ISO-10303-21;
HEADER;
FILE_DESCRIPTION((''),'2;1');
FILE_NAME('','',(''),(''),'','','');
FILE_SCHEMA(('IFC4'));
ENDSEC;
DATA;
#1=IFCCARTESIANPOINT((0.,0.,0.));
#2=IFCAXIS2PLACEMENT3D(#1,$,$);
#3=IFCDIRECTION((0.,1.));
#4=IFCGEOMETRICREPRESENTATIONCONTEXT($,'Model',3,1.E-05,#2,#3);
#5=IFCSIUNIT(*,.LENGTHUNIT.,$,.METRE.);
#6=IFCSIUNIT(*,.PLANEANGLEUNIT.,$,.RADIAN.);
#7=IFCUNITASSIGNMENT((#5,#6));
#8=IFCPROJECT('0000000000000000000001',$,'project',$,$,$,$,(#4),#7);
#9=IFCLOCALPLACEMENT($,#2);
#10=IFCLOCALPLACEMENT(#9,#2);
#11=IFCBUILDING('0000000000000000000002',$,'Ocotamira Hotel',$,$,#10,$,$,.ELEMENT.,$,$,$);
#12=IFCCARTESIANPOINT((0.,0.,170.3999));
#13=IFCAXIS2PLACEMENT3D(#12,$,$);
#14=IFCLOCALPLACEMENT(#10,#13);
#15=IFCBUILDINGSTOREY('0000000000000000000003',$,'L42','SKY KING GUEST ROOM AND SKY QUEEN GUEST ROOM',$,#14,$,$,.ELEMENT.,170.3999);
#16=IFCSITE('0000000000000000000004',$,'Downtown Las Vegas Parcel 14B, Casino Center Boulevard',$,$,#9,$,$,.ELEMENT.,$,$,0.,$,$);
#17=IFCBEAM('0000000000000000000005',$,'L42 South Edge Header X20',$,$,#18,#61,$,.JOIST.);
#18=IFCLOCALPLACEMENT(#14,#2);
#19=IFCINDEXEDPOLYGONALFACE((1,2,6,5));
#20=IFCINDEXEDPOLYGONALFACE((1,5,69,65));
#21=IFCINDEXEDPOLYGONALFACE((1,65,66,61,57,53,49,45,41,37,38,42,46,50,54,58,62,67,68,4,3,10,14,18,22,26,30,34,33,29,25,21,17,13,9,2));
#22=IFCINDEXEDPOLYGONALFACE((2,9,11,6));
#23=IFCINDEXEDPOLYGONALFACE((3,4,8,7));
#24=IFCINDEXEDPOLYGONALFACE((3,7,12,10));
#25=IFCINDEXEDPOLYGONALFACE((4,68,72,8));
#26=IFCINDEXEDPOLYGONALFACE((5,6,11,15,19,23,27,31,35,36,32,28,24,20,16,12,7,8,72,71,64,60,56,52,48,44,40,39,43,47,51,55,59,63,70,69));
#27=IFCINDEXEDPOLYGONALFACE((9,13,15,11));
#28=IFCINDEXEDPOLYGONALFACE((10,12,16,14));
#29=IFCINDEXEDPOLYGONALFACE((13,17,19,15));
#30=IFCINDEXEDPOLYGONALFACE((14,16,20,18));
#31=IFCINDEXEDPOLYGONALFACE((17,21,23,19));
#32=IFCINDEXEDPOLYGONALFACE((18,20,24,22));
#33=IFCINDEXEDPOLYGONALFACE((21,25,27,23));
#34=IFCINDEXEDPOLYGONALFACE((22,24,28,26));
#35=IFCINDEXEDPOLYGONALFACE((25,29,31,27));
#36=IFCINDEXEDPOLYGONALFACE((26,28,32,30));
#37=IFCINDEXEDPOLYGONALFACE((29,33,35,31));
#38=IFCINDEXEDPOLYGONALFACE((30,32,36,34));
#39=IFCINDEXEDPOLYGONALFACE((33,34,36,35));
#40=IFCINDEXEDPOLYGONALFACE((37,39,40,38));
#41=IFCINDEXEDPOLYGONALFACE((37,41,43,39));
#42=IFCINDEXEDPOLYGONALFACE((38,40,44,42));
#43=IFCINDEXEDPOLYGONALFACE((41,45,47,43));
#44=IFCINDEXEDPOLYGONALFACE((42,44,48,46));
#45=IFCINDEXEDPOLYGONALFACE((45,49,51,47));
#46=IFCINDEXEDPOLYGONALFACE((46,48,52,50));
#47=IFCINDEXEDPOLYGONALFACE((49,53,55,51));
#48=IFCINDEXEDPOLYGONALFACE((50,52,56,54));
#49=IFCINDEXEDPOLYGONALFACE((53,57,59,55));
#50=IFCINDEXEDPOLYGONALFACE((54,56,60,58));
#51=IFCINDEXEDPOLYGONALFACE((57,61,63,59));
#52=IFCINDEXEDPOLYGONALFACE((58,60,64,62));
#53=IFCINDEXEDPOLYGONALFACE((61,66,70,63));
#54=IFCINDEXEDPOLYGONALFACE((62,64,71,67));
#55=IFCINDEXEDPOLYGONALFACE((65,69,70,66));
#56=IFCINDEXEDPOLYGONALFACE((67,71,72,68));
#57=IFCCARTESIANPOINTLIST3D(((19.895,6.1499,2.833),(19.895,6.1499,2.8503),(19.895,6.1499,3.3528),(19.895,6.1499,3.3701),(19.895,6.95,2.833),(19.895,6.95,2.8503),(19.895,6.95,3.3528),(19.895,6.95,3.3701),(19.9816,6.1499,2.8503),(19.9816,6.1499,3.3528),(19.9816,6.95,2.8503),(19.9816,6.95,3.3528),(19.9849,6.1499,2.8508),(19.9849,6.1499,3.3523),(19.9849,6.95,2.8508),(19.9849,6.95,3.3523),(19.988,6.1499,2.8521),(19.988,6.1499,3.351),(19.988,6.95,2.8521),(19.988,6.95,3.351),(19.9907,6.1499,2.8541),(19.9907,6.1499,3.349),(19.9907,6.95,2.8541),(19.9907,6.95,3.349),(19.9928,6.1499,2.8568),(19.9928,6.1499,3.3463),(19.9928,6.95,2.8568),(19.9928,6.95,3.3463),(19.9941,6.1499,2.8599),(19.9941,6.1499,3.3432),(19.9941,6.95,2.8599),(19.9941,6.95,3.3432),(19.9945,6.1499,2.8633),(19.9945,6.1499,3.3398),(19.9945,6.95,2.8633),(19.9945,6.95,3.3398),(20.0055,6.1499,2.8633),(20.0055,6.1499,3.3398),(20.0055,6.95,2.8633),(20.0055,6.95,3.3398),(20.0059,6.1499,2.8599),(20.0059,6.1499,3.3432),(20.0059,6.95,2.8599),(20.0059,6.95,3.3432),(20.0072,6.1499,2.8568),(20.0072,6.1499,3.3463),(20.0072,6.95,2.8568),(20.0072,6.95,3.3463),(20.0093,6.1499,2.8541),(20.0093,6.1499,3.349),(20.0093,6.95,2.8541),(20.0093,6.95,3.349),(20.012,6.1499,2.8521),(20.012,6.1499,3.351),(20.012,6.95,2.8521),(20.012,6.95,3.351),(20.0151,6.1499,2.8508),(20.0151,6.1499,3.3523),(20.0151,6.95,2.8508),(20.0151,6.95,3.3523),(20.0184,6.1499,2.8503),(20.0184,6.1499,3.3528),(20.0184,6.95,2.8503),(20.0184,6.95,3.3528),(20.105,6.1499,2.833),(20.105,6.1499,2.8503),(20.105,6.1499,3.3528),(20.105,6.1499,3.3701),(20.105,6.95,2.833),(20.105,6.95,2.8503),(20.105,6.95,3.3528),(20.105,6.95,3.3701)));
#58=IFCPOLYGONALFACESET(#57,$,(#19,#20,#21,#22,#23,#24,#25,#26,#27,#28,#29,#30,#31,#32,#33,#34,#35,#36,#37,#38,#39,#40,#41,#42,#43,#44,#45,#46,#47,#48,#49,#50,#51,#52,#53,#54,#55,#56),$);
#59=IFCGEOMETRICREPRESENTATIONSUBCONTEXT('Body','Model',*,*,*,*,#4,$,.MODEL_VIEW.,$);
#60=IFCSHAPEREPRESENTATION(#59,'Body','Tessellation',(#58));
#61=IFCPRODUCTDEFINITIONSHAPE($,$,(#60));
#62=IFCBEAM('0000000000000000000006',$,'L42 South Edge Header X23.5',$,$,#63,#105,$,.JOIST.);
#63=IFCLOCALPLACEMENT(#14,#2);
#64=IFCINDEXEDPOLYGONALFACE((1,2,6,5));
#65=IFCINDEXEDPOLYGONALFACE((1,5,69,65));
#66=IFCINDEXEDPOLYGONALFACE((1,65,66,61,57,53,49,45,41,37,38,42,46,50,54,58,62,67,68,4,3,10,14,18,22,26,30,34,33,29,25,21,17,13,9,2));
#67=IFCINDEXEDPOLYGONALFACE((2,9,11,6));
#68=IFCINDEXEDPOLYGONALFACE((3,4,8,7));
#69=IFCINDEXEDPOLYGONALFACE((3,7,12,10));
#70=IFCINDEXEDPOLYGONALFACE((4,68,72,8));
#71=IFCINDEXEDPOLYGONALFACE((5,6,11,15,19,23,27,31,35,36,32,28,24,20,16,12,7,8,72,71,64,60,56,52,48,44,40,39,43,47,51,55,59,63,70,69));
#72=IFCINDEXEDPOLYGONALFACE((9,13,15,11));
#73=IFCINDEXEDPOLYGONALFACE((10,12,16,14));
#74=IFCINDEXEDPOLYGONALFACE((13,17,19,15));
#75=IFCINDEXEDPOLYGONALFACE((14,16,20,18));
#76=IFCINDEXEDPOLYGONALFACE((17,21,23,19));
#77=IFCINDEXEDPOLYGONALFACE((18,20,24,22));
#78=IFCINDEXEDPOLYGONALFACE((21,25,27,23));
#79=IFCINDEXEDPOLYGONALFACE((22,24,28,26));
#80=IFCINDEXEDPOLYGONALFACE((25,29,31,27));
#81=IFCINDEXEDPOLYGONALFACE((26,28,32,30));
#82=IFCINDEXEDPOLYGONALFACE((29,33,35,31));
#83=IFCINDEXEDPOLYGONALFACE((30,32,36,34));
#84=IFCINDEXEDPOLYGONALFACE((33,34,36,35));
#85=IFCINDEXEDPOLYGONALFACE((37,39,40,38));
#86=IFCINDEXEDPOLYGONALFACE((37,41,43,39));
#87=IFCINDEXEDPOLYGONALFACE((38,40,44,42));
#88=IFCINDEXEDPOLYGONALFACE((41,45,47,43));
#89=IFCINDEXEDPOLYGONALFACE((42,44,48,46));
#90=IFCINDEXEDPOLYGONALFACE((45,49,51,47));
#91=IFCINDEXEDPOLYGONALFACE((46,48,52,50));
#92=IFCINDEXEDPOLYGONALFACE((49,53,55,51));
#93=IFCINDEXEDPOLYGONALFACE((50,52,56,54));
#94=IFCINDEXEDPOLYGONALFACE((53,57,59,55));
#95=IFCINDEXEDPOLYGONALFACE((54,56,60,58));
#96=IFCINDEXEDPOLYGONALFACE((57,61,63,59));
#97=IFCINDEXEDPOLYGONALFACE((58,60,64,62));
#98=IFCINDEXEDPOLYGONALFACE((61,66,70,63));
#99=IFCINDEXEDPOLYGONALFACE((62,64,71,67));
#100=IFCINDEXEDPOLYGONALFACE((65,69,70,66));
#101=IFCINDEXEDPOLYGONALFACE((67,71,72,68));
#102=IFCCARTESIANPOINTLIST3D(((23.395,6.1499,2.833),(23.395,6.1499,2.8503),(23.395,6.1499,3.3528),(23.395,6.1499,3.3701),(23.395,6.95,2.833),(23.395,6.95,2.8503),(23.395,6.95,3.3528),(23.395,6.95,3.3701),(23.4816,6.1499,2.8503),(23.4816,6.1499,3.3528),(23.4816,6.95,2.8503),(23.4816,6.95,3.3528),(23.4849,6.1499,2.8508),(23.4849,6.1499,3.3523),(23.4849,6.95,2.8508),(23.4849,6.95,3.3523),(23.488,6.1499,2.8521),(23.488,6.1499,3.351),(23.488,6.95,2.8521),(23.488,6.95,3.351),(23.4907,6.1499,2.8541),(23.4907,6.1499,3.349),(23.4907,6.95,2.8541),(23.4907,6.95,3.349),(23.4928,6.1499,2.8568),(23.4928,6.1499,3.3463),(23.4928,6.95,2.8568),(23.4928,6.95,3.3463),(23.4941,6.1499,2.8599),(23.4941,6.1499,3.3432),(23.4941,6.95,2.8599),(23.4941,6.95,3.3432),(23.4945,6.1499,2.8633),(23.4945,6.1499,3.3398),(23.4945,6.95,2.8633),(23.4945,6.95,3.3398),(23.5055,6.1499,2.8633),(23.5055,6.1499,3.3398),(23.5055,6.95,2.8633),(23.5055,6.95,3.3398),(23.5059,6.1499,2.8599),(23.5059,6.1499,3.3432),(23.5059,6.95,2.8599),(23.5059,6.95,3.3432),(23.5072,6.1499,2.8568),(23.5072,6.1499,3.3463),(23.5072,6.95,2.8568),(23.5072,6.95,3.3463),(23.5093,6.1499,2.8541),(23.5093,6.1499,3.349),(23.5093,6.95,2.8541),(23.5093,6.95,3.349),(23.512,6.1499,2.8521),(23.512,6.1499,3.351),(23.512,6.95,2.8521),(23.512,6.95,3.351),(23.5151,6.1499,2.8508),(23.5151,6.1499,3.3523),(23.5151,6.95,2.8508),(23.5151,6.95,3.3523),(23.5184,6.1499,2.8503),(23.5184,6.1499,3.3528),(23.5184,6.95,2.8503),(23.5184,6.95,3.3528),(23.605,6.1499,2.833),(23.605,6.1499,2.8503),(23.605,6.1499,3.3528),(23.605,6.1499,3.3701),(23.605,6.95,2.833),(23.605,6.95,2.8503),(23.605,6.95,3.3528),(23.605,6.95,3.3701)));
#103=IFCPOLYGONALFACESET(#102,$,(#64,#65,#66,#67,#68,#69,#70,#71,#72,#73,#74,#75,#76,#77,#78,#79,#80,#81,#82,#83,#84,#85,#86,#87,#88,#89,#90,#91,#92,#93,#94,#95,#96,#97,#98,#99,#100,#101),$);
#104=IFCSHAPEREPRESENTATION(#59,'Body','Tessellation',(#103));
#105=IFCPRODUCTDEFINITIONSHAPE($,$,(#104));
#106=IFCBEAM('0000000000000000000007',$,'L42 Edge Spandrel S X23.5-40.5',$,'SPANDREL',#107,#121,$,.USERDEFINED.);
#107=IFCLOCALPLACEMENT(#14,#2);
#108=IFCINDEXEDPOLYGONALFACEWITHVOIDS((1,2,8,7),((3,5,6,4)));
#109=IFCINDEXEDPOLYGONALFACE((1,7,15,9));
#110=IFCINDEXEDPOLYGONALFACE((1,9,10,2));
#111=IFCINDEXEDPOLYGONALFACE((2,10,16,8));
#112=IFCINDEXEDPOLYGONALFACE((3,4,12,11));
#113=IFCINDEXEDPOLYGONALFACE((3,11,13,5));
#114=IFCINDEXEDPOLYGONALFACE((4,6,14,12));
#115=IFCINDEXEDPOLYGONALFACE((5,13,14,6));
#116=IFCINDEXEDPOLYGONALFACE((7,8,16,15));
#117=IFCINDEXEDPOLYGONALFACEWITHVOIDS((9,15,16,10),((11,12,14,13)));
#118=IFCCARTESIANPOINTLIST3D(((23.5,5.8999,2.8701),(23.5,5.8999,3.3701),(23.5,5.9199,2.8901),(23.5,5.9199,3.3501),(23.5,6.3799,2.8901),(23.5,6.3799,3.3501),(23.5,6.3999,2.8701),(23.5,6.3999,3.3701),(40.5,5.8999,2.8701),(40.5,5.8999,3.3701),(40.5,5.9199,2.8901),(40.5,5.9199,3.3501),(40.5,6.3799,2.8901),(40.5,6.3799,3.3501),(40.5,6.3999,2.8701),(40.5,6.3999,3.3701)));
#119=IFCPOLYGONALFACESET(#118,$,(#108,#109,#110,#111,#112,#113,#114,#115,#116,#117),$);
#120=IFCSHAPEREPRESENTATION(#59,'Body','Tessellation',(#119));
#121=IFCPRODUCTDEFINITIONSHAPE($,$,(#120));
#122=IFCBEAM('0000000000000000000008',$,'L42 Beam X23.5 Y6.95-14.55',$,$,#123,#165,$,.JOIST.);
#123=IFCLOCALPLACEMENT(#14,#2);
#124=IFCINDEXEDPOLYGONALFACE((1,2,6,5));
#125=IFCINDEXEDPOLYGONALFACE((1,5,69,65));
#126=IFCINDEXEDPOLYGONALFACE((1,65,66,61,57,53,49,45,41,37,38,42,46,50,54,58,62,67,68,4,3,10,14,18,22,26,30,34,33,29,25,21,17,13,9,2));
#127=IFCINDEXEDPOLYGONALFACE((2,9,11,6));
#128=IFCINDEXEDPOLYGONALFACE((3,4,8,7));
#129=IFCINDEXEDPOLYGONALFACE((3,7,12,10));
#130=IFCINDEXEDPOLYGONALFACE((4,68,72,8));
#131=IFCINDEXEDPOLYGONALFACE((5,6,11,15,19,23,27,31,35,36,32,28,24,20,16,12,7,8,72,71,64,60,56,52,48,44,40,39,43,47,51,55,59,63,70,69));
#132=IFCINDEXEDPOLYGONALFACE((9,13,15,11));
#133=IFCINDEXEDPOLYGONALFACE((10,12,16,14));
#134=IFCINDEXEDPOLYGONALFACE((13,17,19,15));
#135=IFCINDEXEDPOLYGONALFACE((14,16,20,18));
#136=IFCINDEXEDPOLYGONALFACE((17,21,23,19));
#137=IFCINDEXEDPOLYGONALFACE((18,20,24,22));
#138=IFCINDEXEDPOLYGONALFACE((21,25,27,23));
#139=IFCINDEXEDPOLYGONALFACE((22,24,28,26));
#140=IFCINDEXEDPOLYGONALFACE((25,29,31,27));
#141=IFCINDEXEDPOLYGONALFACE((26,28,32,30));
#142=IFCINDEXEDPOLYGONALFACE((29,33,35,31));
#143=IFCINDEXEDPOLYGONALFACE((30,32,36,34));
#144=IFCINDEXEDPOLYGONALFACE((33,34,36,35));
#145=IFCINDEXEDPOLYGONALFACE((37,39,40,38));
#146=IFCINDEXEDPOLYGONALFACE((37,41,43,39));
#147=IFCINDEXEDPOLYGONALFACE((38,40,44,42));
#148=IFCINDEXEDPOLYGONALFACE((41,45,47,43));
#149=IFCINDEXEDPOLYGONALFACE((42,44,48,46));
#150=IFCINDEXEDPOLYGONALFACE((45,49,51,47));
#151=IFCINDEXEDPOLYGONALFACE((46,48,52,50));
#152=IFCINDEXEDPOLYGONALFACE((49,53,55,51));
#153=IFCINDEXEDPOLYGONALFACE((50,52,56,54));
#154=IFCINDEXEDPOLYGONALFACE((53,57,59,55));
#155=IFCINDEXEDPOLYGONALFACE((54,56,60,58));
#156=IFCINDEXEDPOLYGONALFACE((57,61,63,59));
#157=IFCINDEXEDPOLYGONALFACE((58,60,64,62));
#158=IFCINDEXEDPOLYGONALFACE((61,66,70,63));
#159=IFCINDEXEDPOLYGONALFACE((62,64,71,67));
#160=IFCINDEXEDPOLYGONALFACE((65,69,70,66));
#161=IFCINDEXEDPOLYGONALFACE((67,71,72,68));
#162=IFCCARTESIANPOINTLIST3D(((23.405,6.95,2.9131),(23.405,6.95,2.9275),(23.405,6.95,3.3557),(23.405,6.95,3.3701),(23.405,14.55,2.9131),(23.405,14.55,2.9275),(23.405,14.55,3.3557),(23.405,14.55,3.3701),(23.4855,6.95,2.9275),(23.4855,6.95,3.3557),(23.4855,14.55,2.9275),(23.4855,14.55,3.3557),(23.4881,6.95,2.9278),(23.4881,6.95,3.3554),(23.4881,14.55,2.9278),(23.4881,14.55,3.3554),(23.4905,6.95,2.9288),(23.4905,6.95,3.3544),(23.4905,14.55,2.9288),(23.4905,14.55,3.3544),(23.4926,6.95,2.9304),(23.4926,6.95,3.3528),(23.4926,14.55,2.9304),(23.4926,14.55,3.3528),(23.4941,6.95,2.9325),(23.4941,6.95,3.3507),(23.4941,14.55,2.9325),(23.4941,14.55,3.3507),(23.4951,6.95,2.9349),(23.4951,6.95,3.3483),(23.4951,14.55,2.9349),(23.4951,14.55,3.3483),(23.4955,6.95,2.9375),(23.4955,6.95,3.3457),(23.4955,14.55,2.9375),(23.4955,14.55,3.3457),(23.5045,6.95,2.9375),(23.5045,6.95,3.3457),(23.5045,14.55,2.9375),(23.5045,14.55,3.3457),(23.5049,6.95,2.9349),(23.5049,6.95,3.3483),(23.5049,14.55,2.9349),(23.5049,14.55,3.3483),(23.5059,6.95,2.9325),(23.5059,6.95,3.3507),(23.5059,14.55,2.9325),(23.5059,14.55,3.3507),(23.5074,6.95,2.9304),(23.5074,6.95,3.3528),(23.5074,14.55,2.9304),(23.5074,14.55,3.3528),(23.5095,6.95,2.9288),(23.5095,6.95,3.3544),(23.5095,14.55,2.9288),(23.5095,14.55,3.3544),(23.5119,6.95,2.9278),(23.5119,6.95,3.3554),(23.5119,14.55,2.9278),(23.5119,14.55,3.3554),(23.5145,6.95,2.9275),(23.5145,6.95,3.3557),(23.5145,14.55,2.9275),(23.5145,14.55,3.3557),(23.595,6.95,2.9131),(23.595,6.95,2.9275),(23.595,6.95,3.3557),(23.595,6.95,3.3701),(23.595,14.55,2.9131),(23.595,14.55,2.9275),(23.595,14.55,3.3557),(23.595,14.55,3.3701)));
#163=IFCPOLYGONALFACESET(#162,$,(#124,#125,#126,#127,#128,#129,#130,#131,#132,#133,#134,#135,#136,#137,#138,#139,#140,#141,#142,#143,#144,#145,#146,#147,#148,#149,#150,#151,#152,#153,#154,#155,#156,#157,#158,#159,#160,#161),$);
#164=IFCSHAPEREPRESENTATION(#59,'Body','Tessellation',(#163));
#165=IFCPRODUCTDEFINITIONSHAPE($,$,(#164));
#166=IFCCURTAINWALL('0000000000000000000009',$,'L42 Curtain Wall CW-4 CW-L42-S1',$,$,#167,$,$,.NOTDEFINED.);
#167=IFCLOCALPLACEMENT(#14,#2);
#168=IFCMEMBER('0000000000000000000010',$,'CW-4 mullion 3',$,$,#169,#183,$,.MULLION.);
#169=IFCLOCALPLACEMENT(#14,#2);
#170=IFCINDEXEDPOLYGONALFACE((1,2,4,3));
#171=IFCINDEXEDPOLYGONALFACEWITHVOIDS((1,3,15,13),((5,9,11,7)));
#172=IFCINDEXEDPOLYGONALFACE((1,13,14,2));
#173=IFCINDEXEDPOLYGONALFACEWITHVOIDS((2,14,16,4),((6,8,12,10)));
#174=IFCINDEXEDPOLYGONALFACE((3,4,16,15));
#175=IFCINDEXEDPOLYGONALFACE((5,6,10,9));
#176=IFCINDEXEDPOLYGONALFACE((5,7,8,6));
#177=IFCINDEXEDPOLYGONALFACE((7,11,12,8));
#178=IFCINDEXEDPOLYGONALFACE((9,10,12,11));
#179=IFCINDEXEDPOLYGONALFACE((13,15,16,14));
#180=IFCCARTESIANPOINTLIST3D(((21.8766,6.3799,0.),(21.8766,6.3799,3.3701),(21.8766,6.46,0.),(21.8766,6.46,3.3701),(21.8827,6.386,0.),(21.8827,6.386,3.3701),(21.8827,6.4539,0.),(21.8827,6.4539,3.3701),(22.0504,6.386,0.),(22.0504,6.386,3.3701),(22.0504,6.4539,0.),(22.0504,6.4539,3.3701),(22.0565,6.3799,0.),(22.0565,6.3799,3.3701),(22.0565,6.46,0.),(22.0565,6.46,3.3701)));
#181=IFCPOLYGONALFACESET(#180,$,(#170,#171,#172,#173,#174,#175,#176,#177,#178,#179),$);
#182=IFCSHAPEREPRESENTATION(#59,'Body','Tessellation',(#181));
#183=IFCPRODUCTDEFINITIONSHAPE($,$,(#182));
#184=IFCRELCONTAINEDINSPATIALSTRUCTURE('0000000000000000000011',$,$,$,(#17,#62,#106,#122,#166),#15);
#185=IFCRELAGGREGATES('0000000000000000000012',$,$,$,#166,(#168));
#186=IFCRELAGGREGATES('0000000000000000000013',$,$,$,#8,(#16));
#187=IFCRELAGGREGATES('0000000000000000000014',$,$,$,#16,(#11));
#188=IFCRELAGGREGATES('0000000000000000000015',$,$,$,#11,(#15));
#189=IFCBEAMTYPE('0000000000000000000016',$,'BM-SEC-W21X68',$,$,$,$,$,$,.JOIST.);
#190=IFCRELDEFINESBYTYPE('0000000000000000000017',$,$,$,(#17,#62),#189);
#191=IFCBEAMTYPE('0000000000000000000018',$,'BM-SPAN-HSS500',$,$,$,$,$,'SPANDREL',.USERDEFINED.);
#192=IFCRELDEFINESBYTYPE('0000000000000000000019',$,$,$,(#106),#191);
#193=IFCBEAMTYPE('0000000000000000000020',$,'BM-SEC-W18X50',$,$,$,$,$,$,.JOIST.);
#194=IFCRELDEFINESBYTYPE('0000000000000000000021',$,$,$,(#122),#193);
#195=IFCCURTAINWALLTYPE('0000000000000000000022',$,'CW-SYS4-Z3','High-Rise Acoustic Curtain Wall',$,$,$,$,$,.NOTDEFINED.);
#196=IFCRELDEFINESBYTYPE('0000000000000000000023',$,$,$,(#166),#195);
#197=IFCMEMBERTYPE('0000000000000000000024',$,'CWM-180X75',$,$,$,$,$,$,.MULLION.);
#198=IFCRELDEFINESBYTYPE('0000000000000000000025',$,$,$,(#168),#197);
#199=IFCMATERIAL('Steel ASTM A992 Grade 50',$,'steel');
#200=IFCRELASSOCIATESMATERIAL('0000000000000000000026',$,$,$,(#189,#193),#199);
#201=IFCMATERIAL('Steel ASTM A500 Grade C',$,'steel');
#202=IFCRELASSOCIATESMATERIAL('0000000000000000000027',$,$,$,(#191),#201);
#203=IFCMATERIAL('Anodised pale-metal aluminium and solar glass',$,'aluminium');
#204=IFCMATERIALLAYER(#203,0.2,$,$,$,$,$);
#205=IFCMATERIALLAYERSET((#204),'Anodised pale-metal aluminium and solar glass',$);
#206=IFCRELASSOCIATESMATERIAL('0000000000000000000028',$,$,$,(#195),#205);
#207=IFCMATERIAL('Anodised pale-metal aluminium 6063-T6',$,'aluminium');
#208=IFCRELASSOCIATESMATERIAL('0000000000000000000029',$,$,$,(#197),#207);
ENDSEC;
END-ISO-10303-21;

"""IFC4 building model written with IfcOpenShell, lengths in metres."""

from ifc_helpers import new_model, si_unit, direction, frame, origin, origin_2d, place, context, subcontext, project, spatial, hollow_rectangle, i_section, extrude, source, transform, mapped, material, layer, layer_set, material_profile, profile_set, type_object, element, aggregate, save


model = new_model("IFC4")

# Units and contexts
model_context = context("Model", 3, precision=1e-05, world=origin(), true_north=direction((0.0, 1.0)))
body_context = subcontext(model_context, "Body", "Model", "MODEL_VIEW")
ifc_project = project(units=[si_unit("LENGTHUNIT", "METRE"), si_unit("PLANEANGLEUNIT", "RADIAN")], contexts=[model_context])

# Site, building, storey
site_placement = place(None, origin())
site = spatial("IfcSite", under=ifc_project, at=site_placement, Name="Downtown Las Vegas Parcel 14B, Casino Center Boulevard", CompositionType="ELEMENT", RefElevation=0.0)
building_placement = place(site_placement, origin())
building = spatial("IfcBuilding", under=site, at=building_placement, Name="Ocotamira Hotel", CompositionType="ELEMENT")
storey_placement = place(building_placement, frame((0.0, 0.0, 170.3999)))
storey = spatial("IfcBuildingStorey", under=building, at=storey_placement, Name="L42", Description="SKY KING GUEST ROOM AND SKY QUEEN GUEST ROOM", CompositionType="ELEMENT", Elevation=170.3999)

# Beams
ifc_material_1 = material(Name="Steel ASTM A992 Grade 50", Category="steel")
ifc_material_profile_1 = material_profile(ifc_material_1, i_section(OverallWidth=0.21, OverallDepth=0.5371, WebThickness=0.011, FlangeThickness=0.0173, FilletRadius=0.0129, at=origin_2d()), Name="W21X68")
ifc_profile_set_1 = profile_set([ifc_material_profile_1], Name="Steel ASTM A992 Grade 50")
beam_type_1 = type_object("IfcBeamType", Name="BM-SEC-W21X68", PredefinedType="JOIST", material=ifc_profile_set_1)
shared_shape_1 = source(origin(), body_context, "Body", "SweptSolid", [
    extrude(i_section(OverallWidth=0.21, OverallDepth=0.5371, WebThickness=0.011, FlangeThickness=0.0173, FilletRadius=0.0129, at=origin_2d()), origin(), (0.0, 0.0, 1.0), 0.8),
])
for number, where, z_axis, x_axis, name in (
    (1, (20.0, 6.95, 3.1016), (0.0, -1.0, 0.0), (1.0, 0.0, 0.0), "L42 South Edge Header X20"),
    (2, (23.5, 6.95, 3.1016), (0.0, -1.0, 0.0), (1.0, 0.0, 0.0), "L42 South Edge Header X23.5"),
):
    element("IfcBeam", number, at=place(storey_placement, frame(where, z_axis=z_axis, x_axis=x_axis)), inside=storey, type_object=beam_type_1, Name=name, PredefinedType="JOIST", context=body_context, shape_type="MappedRepresentation", body=[
        mapped(shared_shape_1, transform((0.0, 0.0, 0.0), scale=1.0)),
    ])
ifc_material_2 = material(Name="Steel ASTM A500 Grade C", Category="steel")
ifc_material_profile_2 = material_profile(ifc_material_2, hollow_rectangle(XDim=0.5, YDim=0.5, WallThickness=0.02, at=origin_2d()), Name="HSS500X500X20")
ifc_profile_set_2 = profile_set([ifc_material_profile_2], Name="Steel ASTM A500 Grade C")
beam_type_2 = type_object("IfcBeamType", Name="BM-SPAN-HSS500", ElementType="SPANDREL", PredefinedType="USERDEFINED", material=ifc_profile_set_2)
shared_shape_2 = source(origin(), body_context, "Body", "SweptSolid", [
    extrude(hollow_rectangle(XDim=0.5, YDim=0.5, WallThickness=0.02, at=origin_2d()), origin(), (0.0, 0.0, 1.0), 17.0),
])
beam_1_placement = place(storey_placement, frame((23.5, 6.1499, 3.1201), z_axis=(1.0, 0.0, 0.0), x_axis=(0.0, 1.0, 0.0)))
element("IfcBeam", 3, at=beam_1_placement, inside=storey, type_object=beam_type_2, Name="L42 Edge Spandrel S X23.5-40.5", ObjectType="SPANDREL", PredefinedType="USERDEFINED", context=body_context, shape_type="MappedRepresentation", body=[
    mapped(shared_shape_2, transform((0.0, 0.0, 0.0), scale=1.0)),
])
ifc_material_profile_3 = material_profile(ifc_material_1, i_section(OverallWidth=0.1899, OverallDepth=0.457, WebThickness=0.009, FlangeThickness=0.0144, FilletRadius=0.01, at=origin_2d()), Name="W18X50")
ifc_profile_set_3 = profile_set([ifc_material_profile_3], Name="Steel ASTM A992 Grade 50")
beam_type_3 = type_object("IfcBeamType", Name="BM-SEC-W18X50", PredefinedType="JOIST", material=ifc_profile_set_3)
shared_shape_3 = source(origin(), body_context, "Body", "SweptSolid", [
    extrude(i_section(OverallWidth=0.1899, OverallDepth=0.457, WebThickness=0.009, FlangeThickness=0.0144, FilletRadius=0.01, at=origin_2d()), origin(), (0.0, 0.0, 1.0), 7.6001),
])
beam_2_placement = place(storey_placement, frame((23.5, 6.95, 3.1416), z_axis=(0.0, 1.0, 0.0), x_axis=(-1.0, 0.0, 0.0)))
element("IfcBeam", 4, at=beam_2_placement, inside=storey, type_object=beam_type_3, Name="L42 Beam X23.5 Y6.95-14.55", PredefinedType="JOIST", context=body_context, shape_type="MappedRepresentation", body=[
    mapped(shared_shape_3, transform((0.0, 0.0, 0.0), scale=1.0)),
])

# Curtain wall, member
ifc_material_3 = material(Name="Anodised pale-metal aluminium and solar glass", Category="aluminium")
ifc_layer_1 = layer(ifc_material_3, 0.2)
ifc_layer_set_1 = layer_set([ifc_layer_1], Name="Anodised pale-metal aluminium and solar glass")
curtain_wall_type = type_object("IfcCurtainWallType", Name="CW-SYS4-Z3", Description="High-Rise Acoustic Curtain Wall", PredefinedType="NOTDEFINED", material=ifc_layer_set_1)
curtain_wall_placement = place(storey_placement, origin())
curtain_wall = element("IfcCurtainWall", 5, at=curtain_wall_placement, inside=storey, type_object=curtain_wall_type, Name="L42 Curtain Wall CW-4 CW-L42-S1", PredefinedType="NOTDEFINED")
ifc_material_4 = material(Name="Anodised pale-metal aluminium 6063-T6", Category="aluminium")
ifc_material_profile_4 = material_profile(ifc_material_4, hollow_rectangle(XDim=0.0801, YDim=0.1799, WallThickness=0.0061, at=origin_2d()), Name="HSS180X80X6")
ifc_profile_set_4 = profile_set([ifc_material_profile_4], Name="Anodised pale-metal aluminium 6063-T6")
member_type_1 = type_object("IfcMemberType", Name="CWM-180X75", PredefinedType="MULLION", material=ifc_profile_set_4)
shared_shape_4 = source(origin(), body_context, "Body", "SweptSolid", [
    extrude(hollow_rectangle(XDim=0.0801, YDim=0.1799, WallThickness=0.0061, at=origin_2d()), origin(), (0.0, 0.0, 1.0), 3.3701),
])
member_1_placement = place(storey_placement, frame((21.9666, 6.4199, 0.0), z_axis=(0.0, 0.0, 1.0), x_axis=(0.0, 1.0, 0.0)))
member_1 = element("IfcMember", 6, at=member_1_placement, type_object=member_type_1, Name="CW-4 mullion 3", PredefinedType="MULLION", context=body_context, shape_type="MappedRepresentation", body=[
    mapped(shared_shape_4, transform((0.0, 0.0, 0.0), scale=1.0)),
])

aggregate(curtain_wall, [member_1])

save(model, "model.ifc")
